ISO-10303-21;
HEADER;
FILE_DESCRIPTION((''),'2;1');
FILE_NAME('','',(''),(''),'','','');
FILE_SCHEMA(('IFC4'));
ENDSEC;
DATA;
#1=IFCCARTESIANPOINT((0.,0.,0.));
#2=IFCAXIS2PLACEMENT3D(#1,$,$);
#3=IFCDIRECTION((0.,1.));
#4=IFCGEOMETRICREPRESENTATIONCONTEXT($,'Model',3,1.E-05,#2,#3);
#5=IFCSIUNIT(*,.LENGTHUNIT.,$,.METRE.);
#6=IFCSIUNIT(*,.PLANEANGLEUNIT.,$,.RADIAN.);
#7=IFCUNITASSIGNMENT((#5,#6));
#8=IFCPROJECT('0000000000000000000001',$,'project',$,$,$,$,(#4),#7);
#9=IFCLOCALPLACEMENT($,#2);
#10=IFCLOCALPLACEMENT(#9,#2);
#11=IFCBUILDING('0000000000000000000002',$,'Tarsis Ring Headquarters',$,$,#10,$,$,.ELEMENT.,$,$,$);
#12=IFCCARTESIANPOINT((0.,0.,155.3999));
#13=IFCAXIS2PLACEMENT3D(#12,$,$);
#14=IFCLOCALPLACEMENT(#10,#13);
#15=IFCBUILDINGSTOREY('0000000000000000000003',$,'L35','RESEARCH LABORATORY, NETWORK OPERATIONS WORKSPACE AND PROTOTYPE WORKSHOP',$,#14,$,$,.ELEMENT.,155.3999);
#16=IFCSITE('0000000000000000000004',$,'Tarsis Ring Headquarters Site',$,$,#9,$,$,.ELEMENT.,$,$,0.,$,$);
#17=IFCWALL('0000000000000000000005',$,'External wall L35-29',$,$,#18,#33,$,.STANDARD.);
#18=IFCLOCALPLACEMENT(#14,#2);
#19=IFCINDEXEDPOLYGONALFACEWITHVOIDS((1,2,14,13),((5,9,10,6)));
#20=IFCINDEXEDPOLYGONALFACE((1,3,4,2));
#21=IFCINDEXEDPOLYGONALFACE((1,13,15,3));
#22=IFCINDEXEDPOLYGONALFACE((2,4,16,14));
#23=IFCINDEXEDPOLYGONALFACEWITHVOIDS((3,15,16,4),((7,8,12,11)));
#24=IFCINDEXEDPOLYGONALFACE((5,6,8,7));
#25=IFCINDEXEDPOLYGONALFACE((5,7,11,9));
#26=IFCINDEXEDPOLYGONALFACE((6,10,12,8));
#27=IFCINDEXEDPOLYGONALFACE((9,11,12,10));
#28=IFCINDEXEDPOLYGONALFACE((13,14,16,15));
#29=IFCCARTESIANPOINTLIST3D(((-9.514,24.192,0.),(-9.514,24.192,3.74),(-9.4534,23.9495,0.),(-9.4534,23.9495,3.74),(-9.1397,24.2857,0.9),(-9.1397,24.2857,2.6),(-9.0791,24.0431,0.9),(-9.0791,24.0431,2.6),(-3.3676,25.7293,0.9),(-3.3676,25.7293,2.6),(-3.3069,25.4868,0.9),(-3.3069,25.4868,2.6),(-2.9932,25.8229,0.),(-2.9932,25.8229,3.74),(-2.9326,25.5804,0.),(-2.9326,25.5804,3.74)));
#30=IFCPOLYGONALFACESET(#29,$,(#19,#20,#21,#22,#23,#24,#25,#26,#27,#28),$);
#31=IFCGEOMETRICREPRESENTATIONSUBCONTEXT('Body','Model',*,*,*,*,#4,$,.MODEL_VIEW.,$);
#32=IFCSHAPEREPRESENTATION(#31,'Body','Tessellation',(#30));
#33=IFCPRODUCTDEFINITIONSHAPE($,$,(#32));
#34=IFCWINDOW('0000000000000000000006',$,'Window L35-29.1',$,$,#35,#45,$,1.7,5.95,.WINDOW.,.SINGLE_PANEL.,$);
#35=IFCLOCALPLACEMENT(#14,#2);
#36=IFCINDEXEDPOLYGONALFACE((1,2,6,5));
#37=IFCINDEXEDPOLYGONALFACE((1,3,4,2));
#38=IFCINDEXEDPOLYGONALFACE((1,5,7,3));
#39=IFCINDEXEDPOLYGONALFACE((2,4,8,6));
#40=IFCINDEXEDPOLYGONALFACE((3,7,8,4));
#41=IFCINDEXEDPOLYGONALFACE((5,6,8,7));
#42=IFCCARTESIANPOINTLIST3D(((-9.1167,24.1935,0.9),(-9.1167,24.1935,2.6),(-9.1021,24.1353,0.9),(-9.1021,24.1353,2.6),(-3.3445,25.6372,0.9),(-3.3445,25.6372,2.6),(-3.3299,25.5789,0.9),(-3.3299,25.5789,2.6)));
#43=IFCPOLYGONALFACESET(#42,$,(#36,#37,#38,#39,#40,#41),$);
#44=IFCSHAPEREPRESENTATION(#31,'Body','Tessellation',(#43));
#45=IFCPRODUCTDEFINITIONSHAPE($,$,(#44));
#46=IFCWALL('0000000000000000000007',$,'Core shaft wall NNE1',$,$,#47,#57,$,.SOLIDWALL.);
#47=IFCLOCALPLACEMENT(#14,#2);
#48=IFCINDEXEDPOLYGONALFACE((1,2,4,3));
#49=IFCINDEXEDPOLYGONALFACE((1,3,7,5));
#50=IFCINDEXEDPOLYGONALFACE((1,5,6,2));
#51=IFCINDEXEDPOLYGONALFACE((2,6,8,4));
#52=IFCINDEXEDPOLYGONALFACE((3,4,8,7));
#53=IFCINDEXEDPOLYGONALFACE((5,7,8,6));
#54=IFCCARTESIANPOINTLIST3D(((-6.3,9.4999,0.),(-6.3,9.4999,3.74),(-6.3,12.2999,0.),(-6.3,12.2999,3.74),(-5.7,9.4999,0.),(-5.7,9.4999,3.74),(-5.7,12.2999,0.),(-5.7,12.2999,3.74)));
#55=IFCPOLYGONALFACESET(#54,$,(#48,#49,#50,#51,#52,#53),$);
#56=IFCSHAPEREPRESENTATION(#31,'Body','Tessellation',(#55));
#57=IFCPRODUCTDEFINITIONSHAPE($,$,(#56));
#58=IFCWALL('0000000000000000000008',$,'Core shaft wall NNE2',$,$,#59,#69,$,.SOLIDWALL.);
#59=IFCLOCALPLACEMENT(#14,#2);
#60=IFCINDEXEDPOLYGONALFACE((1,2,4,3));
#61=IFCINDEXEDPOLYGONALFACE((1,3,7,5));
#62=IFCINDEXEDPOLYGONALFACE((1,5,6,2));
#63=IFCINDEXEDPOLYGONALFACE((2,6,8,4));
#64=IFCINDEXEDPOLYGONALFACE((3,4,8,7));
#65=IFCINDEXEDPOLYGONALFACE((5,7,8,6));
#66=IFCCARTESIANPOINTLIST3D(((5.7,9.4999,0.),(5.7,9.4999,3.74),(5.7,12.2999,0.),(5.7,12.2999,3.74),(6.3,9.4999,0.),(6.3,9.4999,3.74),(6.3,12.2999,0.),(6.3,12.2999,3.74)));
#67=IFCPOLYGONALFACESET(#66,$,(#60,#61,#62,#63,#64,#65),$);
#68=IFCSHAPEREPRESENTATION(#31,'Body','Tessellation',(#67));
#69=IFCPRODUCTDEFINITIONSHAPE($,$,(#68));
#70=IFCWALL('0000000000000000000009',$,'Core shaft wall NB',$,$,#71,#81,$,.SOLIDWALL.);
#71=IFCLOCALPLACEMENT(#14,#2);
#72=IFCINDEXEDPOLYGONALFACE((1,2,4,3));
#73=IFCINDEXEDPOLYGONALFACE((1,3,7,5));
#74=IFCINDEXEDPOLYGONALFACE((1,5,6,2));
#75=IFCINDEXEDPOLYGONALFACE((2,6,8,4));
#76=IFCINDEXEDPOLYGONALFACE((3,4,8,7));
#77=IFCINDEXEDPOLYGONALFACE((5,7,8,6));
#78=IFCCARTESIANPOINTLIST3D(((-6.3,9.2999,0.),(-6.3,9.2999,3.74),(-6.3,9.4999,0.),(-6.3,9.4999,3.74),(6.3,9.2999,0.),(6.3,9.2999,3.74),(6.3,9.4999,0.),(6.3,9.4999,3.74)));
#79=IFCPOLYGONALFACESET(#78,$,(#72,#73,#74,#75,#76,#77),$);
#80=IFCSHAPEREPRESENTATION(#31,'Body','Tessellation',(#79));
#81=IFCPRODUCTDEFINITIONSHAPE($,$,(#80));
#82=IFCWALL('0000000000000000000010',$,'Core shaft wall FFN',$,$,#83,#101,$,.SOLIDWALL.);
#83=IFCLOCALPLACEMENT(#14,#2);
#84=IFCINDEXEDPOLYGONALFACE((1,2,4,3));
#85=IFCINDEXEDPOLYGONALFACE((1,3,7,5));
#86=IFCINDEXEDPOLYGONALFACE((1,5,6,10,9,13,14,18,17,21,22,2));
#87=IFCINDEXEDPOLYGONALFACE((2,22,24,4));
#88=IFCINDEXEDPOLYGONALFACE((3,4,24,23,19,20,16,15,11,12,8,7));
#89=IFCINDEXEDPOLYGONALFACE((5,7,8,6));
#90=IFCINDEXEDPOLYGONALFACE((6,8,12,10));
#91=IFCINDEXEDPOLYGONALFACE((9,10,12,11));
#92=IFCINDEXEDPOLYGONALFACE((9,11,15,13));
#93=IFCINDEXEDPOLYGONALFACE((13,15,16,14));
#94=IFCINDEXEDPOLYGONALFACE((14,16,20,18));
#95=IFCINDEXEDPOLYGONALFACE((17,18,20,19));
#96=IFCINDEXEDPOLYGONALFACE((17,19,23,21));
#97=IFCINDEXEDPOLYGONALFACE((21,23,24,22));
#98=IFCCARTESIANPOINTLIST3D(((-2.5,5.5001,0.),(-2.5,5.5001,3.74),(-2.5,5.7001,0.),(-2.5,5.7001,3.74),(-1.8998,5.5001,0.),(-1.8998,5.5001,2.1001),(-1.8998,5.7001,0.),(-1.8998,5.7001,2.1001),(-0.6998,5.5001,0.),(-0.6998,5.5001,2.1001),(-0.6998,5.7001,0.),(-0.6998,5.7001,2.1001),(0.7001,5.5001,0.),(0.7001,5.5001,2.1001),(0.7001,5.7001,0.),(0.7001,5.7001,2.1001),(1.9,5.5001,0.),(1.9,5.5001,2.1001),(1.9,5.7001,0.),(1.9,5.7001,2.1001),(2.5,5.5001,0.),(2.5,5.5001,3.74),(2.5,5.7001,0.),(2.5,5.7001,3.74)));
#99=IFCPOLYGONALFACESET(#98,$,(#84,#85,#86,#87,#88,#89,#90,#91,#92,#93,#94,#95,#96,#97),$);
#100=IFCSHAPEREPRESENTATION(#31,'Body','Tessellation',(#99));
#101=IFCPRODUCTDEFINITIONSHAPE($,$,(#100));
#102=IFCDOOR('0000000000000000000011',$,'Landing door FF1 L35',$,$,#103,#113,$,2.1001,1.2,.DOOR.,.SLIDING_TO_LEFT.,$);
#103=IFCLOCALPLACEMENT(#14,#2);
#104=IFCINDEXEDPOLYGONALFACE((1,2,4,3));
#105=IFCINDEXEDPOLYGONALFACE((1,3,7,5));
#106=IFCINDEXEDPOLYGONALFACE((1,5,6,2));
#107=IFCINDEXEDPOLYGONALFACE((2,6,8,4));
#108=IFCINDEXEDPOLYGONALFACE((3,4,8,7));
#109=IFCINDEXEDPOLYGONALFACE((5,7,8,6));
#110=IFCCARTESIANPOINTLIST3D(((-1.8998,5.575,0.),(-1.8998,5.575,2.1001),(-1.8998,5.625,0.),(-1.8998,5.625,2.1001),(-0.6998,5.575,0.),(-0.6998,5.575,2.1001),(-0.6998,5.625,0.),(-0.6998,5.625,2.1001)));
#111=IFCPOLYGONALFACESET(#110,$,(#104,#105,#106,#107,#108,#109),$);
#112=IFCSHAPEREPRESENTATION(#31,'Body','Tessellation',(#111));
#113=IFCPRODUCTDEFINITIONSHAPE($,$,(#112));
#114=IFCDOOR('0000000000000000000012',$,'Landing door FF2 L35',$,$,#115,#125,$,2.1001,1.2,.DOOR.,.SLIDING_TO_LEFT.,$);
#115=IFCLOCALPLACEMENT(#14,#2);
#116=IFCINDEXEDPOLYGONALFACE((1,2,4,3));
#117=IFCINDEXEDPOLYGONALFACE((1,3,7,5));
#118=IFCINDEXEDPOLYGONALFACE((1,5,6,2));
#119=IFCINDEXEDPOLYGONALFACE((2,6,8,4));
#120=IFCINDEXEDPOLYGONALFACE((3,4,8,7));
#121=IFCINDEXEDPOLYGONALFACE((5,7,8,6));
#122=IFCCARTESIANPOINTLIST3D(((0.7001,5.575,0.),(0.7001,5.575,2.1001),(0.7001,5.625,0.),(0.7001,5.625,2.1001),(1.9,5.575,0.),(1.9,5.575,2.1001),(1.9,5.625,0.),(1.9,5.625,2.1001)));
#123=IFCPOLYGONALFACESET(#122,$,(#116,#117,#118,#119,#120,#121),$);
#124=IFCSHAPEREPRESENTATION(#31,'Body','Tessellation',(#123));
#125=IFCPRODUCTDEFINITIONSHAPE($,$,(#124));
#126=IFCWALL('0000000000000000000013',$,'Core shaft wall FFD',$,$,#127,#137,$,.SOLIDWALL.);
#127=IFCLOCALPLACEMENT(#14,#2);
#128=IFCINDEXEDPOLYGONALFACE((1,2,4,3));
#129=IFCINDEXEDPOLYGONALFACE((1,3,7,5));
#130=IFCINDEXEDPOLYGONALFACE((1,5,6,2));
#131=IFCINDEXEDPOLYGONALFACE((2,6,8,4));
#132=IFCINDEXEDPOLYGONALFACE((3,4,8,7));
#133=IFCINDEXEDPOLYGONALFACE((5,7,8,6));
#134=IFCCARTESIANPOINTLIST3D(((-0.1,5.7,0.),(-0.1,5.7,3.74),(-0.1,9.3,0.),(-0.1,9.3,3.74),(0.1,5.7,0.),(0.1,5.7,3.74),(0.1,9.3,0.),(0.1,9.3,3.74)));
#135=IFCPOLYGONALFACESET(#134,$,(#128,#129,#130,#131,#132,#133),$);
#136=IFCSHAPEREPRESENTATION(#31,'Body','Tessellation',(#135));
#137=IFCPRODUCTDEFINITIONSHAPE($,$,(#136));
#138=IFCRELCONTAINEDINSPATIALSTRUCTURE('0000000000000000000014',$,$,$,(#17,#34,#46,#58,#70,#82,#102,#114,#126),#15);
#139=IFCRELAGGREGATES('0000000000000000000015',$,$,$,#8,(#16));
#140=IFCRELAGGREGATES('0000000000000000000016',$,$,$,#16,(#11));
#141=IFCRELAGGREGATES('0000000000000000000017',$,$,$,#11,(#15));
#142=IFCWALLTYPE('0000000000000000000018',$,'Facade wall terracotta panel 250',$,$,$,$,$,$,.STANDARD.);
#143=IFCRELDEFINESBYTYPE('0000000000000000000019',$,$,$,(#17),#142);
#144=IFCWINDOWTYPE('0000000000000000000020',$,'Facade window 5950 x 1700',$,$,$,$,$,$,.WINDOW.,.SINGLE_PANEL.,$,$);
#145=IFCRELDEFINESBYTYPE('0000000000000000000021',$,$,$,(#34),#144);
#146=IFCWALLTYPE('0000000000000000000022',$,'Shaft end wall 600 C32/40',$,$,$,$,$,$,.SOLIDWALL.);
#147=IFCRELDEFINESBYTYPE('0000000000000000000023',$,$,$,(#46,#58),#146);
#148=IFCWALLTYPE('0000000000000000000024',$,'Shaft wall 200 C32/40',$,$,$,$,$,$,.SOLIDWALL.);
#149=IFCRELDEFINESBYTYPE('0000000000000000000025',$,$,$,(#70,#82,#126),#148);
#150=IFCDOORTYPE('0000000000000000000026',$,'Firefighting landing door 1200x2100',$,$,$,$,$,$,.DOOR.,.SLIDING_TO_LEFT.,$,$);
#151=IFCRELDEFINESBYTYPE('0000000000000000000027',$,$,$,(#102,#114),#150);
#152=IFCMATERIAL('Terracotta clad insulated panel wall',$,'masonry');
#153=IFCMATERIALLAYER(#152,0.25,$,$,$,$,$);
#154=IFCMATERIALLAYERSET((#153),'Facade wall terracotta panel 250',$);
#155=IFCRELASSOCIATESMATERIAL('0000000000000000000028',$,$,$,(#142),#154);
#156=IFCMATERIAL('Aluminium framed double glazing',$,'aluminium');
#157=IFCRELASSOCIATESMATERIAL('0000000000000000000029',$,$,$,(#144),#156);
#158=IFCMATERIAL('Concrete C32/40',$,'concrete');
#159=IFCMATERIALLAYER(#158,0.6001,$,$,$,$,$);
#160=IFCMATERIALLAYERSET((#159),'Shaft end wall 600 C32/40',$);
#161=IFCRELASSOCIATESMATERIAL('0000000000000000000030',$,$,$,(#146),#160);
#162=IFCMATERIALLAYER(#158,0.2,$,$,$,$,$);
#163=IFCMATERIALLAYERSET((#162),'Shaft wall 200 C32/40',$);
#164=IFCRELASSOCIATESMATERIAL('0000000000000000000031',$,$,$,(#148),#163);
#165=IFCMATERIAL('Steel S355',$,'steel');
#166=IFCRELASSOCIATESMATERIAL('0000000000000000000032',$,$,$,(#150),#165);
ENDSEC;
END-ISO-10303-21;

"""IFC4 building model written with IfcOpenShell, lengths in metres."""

from ifc_helpers import new_model, si_unit, direction, frame, frame_2d, origin, place, context, subcontext, project, spatial, rectangle, extrude, material, layer, layer_set, type_object, element, fill, save


model = new_model("IFC4")

# Units and contexts
model_context = context("Model", 3, precision=1e-05, world=origin(), true_north=direction((0.0, 1.0)))
body_context = subcontext(model_context, "Body", "Model", "MODEL_VIEW")
ifc_project = project(units=[si_unit("LENGTHUNIT", "METRE"), si_unit("PLANEANGLEUNIT", "RADIAN")], contexts=[model_context])

# Site, building, storey
site_placement = place(None, origin())
site = spatial("IfcSite", under=ifc_project, at=site_placement, Name="Tarsis Ring Headquarters Site", CompositionType="ELEMENT", RefElevation=0.0)
building_placement = place(site_placement, origin())
building = spatial("IfcBuilding", under=site, at=building_placement, Name="Tarsis Ring Headquarters", CompositionType="ELEMENT")
storey_placement = place(building_placement, frame((0.0, 0.0, 155.3999)))
storey = spatial("IfcBuildingStorey", under=building, at=storey_placement, Name="L35", Description="RESEARCH LABORATORY, NETWORK OPERATIONS WORKSPACE AND PROTOTYPE WORKSHOP", CompositionType="ELEMENT", Elevation=155.3999)

# Shared definitions
ifc_material_1 = material(Name="Steel S355", Category="steel")

# Wall, opening, window
ifc_material_2 = material(Name="Terracotta clad insulated panel wall", Category="masonry")
ifc_layer_1 = layer(ifc_material_2, 0.25)
ifc_layer_set_1 = layer_set([ifc_layer_1], Name="Facade wall terracotta panel 250")
wall_type_1 = type_object("IfcWallType", Name="Facade wall terracotta panel 250", PredefinedType="STANDARD", material=ifc_layer_set_1)
ifc_material_3 = material(Name="Aluminium framed double glazing", Category="aluminium")
window_type = type_object("IfcWindowType", Name="Facade window 5950 x 1700", PartitioningType="SINGLE_PANEL", PredefinedType="WINDOW", material=ifc_material_3)
wall_1_placement = place(storey_placement, frame((-2.9629, 25.7017, 0.0), z_axis=(0.0, 0.0, 1.0), x_axis=(-0.970119, -0.24263, 0.0)))
wall_1 = element("IfcWall", 1, at=wall_1_placement, inside=storey, type_object=wall_type_1, Name="External wall L35-29", PredefinedType="STANDARD", context=body_context, shape_type="SweptSolid", body=[
    extrude(rectangle(XDim=6.7217, YDim=0.25, at=frame_2d((3.3608, 0.0))), origin(), (0.0, 0.0, 1.0), 3.74),
])
opening_1_placement = place(wall_1_placement, frame((0.3857, 0.0, 0.8999)))
opening_1 = element("IfcOpeningElement", 2, at=opening_1_placement, cuts=wall_1, PredefinedType="OPENING", context=body_context, shape_type="SweptSolid", body=[
    extrude(rectangle(XDim=5.95, YDim=1.7, at=frame_2d((2.9751, 0.8501))), frame((0.0, 0.135, 0.0), z_axis=(0.0, -1.0, 0.0), x_axis=(1.0, 0.0, 0.0)), (0.0, 0.0, 1.0), 0.27),
])
window_1_placement = place(opening_1_placement, origin())
window_1 = element("IfcWindow", 3, at=window_1_placement, inside=storey, type_object=window_type, Name="Window L35-29.1", OverallHeight=1.7, OverallWidth=5.95, PartitioningType="SINGLE_PANEL", PredefinedType="WINDOW", context=body_context, shape_type="SweptSolid", body=[
    extrude(rectangle(XDim=5.95, YDim=1.7, at=frame_2d((2.9751, 0.8501))), frame((0.0, 0.03, 0.0), z_axis=(0.0, -1.0, 0.0), x_axis=(1.0, 0.0, 0.0)), (0.0, 0.0, 1.0), 0.0601),
])
fill(opening_1, window_1)

# Walls
ifc_material_4 = material(Name="Concrete C32/40", Category="concrete")
ifc_layer_2 = layer(ifc_material_4, 0.6001)
ifc_layer_set_2 = layer_set([ifc_layer_2], Name="Shaft end wall 600 C32/40")
wall_type_2 = type_object("IfcWallType", Name="Shaft end wall 600 C32/40", PredefinedType="SOLIDWALL", material=ifc_layer_set_2)
for number, where, z_axis, x_axis, name in (
    (4, (-6.0, 9.5, 0.0), (0.0, 0.0, 1.0), (0.0, 1.0, 0.0), "Core shaft wall NNE1"),
    (5, (6.0, 9.5, 0.0), (0.0, 0.0, 1.0), (0.0, 1.0, 0.0), "Core shaft wall NNE2"),
):
    element("IfcWall", number, at=place(storey_placement, frame(where, z_axis=z_axis, x_axis=x_axis)), inside=storey, type_object=wall_type_2, Name=name, PredefinedType="SOLIDWALL", context=body_context, shape_type="SweptSolid", body=[
        extrude(rectangle(XDim=2.8, YDim=0.6001, at=frame_2d((1.3999, 0.0))), origin(), (0.0, 0.0, 1.0), 3.74),
    ])
ifc_layer_3 = layer(ifc_material_4, 0.2)
ifc_layer_set_3 = layer_set([ifc_layer_3], Name="Shaft wall 200 C32/40")
wall_type_3 = type_object("IfcWallType", Name="Shaft wall 200 C32/40", PredefinedType="SOLIDWALL", material=ifc_layer_set_3)
wall_2_placement = place(storey_placement, frame((-6.3, 9.3999, 0.0), z_axis=(0.0, 0.0, 1.0), x_axis=(1.0, 0.0, 0.0)))
element("IfcWall", 6, at=wall_2_placement, inside=storey, type_object=wall_type_3, Name="Core shaft wall NB", PredefinedType="SOLIDWALL", context=body_context, shape_type="SweptSolid", body=[
    extrude(rectangle(XDim=12.6001, YDim=0.2, at=frame_2d((6.3, 0.0))), origin(), (0.0, 0.0, 1.0), 3.74),
])

# Wall, openings, doors
wall_3_placement = place(storey_placement, frame((-2.5, 5.6001, 0.0), z_axis=(0.0, 0.0, 1.0), x_axis=(1.0, 0.0, 0.0)))
wall_3 = element("IfcWall", 7, at=wall_3_placement, inside=storey, type_object=wall_type_3, Name="Core shaft wall FFN", PredefinedType="SOLIDWALL", context=body_context, shape_type="SweptSolid", body=[
    extrude(rectangle(XDim=5.0, YDim=0.2, at=frame_2d((2.5, 0.0))), origin(), (0.0, 0.0, 1.0), 3.74),
])
opening_2_placement = place(wall_3_placement, frame((0.6001, 0.0, 0.0)))
opening_2 = element("IfcOpeningElement", 8, at=opening_2_placement, cuts=wall_3, PredefinedType="OPENING", context=body_context, shape_type="SweptSolid", body=[
    extrude(rectangle(XDim=1.2, YDim=2.1001, at=frame_2d((0.6001, 1.05))), frame((0.0, 0.1099, 0.0), z_axis=(0.0, -1.0, 0.0), x_axis=(1.0, 0.0, 0.0)), (0.0, 0.0, 1.0), 0.22),
])
opening_3_placement = place(wall_3_placement, frame((3.2, 0.0, 0.0)))
opening_3 = element("IfcOpeningElement", 9, at=opening_3_placement, cuts=wall_3, PredefinedType="OPENING", context=body_context, shape_type="SweptSolid", body=[
    extrude(rectangle(XDim=1.2, YDim=2.1001, at=frame_2d((0.6001, 1.05))), frame((0.0, 0.1099, 0.0), z_axis=(0.0, -1.0, 0.0), x_axis=(1.0, 0.0, 0.0)), (0.0, 0.0, 1.0), 0.22),
])
door_type_1 = type_object("IfcDoorType", Name="Firefighting landing door 1200x2100", OperationType="SLIDING_TO_LEFT", PredefinedType="DOOR", material=ifc_material_1)
door_1_placement = place(opening_2_placement, origin())
door_1 = element("IfcDoor", 10, at=door_1_placement, inside=storey, type_object=door_type_1, Name="Landing door FF1 L35", OperationType="SLIDING_TO_LEFT", OverallHeight=2.1001, OverallWidth=1.2, PredefinedType="DOOR", context=body_context, shape_type="SweptSolid", body=[
    extrude(rectangle(XDim=1.2, YDim=2.1001, at=frame_2d((0.6001, 1.05))), frame((0.0, 0.0249, 0.0), z_axis=(0.0, -1.0, 0.0), x_axis=(1.0, 0.0, 0.0)), (0.0, 0.0, 1.0), 0.05),
])
fill(opening_2, door_1)
door_2_placement = place(opening_3_placement, origin())
door_2 = element("IfcDoor", 11, at=door_2_placement, inside=storey, type_object=door_type_1, Name="Landing door FF2 L35", OperationType="SLIDING_TO_LEFT", OverallHeight=2.1001, OverallWidth=1.2, PredefinedType="DOOR", context=body_context, shape_type="SweptSolid", body=[
    extrude(rectangle(XDim=1.2, YDim=2.1001, at=frame_2d((0.6001, 1.05))), frame((0.0, 0.0249, 0.0), z_axis=(0.0, -1.0, 0.0), x_axis=(1.0, 0.0, 0.0)), (0.0, 0.0, 1.0), 0.05),
])
fill(opening_3, door_2)

# Wall
wall_4_placement = place(storey_placement, frame((0.0, 5.7, 0.0), z_axis=(0.0, 0.0, 1.0), x_axis=(0.0, 1.0, 0.0)))
element("IfcWall", 12, at=wall_4_placement, inside=storey, type_object=wall_type_3, Name="Core shaft wall FFD", PredefinedType="SOLIDWALL", context=body_context, shape_type="SweptSolid", body=[
    extrude(rectangle(XDim=3.6001, YDim=0.2, at=frame_2d((1.8, 0.0))), origin(), (0.0, 0.0, 1.0), 3.74),
])

save(model, "model.ifc")
